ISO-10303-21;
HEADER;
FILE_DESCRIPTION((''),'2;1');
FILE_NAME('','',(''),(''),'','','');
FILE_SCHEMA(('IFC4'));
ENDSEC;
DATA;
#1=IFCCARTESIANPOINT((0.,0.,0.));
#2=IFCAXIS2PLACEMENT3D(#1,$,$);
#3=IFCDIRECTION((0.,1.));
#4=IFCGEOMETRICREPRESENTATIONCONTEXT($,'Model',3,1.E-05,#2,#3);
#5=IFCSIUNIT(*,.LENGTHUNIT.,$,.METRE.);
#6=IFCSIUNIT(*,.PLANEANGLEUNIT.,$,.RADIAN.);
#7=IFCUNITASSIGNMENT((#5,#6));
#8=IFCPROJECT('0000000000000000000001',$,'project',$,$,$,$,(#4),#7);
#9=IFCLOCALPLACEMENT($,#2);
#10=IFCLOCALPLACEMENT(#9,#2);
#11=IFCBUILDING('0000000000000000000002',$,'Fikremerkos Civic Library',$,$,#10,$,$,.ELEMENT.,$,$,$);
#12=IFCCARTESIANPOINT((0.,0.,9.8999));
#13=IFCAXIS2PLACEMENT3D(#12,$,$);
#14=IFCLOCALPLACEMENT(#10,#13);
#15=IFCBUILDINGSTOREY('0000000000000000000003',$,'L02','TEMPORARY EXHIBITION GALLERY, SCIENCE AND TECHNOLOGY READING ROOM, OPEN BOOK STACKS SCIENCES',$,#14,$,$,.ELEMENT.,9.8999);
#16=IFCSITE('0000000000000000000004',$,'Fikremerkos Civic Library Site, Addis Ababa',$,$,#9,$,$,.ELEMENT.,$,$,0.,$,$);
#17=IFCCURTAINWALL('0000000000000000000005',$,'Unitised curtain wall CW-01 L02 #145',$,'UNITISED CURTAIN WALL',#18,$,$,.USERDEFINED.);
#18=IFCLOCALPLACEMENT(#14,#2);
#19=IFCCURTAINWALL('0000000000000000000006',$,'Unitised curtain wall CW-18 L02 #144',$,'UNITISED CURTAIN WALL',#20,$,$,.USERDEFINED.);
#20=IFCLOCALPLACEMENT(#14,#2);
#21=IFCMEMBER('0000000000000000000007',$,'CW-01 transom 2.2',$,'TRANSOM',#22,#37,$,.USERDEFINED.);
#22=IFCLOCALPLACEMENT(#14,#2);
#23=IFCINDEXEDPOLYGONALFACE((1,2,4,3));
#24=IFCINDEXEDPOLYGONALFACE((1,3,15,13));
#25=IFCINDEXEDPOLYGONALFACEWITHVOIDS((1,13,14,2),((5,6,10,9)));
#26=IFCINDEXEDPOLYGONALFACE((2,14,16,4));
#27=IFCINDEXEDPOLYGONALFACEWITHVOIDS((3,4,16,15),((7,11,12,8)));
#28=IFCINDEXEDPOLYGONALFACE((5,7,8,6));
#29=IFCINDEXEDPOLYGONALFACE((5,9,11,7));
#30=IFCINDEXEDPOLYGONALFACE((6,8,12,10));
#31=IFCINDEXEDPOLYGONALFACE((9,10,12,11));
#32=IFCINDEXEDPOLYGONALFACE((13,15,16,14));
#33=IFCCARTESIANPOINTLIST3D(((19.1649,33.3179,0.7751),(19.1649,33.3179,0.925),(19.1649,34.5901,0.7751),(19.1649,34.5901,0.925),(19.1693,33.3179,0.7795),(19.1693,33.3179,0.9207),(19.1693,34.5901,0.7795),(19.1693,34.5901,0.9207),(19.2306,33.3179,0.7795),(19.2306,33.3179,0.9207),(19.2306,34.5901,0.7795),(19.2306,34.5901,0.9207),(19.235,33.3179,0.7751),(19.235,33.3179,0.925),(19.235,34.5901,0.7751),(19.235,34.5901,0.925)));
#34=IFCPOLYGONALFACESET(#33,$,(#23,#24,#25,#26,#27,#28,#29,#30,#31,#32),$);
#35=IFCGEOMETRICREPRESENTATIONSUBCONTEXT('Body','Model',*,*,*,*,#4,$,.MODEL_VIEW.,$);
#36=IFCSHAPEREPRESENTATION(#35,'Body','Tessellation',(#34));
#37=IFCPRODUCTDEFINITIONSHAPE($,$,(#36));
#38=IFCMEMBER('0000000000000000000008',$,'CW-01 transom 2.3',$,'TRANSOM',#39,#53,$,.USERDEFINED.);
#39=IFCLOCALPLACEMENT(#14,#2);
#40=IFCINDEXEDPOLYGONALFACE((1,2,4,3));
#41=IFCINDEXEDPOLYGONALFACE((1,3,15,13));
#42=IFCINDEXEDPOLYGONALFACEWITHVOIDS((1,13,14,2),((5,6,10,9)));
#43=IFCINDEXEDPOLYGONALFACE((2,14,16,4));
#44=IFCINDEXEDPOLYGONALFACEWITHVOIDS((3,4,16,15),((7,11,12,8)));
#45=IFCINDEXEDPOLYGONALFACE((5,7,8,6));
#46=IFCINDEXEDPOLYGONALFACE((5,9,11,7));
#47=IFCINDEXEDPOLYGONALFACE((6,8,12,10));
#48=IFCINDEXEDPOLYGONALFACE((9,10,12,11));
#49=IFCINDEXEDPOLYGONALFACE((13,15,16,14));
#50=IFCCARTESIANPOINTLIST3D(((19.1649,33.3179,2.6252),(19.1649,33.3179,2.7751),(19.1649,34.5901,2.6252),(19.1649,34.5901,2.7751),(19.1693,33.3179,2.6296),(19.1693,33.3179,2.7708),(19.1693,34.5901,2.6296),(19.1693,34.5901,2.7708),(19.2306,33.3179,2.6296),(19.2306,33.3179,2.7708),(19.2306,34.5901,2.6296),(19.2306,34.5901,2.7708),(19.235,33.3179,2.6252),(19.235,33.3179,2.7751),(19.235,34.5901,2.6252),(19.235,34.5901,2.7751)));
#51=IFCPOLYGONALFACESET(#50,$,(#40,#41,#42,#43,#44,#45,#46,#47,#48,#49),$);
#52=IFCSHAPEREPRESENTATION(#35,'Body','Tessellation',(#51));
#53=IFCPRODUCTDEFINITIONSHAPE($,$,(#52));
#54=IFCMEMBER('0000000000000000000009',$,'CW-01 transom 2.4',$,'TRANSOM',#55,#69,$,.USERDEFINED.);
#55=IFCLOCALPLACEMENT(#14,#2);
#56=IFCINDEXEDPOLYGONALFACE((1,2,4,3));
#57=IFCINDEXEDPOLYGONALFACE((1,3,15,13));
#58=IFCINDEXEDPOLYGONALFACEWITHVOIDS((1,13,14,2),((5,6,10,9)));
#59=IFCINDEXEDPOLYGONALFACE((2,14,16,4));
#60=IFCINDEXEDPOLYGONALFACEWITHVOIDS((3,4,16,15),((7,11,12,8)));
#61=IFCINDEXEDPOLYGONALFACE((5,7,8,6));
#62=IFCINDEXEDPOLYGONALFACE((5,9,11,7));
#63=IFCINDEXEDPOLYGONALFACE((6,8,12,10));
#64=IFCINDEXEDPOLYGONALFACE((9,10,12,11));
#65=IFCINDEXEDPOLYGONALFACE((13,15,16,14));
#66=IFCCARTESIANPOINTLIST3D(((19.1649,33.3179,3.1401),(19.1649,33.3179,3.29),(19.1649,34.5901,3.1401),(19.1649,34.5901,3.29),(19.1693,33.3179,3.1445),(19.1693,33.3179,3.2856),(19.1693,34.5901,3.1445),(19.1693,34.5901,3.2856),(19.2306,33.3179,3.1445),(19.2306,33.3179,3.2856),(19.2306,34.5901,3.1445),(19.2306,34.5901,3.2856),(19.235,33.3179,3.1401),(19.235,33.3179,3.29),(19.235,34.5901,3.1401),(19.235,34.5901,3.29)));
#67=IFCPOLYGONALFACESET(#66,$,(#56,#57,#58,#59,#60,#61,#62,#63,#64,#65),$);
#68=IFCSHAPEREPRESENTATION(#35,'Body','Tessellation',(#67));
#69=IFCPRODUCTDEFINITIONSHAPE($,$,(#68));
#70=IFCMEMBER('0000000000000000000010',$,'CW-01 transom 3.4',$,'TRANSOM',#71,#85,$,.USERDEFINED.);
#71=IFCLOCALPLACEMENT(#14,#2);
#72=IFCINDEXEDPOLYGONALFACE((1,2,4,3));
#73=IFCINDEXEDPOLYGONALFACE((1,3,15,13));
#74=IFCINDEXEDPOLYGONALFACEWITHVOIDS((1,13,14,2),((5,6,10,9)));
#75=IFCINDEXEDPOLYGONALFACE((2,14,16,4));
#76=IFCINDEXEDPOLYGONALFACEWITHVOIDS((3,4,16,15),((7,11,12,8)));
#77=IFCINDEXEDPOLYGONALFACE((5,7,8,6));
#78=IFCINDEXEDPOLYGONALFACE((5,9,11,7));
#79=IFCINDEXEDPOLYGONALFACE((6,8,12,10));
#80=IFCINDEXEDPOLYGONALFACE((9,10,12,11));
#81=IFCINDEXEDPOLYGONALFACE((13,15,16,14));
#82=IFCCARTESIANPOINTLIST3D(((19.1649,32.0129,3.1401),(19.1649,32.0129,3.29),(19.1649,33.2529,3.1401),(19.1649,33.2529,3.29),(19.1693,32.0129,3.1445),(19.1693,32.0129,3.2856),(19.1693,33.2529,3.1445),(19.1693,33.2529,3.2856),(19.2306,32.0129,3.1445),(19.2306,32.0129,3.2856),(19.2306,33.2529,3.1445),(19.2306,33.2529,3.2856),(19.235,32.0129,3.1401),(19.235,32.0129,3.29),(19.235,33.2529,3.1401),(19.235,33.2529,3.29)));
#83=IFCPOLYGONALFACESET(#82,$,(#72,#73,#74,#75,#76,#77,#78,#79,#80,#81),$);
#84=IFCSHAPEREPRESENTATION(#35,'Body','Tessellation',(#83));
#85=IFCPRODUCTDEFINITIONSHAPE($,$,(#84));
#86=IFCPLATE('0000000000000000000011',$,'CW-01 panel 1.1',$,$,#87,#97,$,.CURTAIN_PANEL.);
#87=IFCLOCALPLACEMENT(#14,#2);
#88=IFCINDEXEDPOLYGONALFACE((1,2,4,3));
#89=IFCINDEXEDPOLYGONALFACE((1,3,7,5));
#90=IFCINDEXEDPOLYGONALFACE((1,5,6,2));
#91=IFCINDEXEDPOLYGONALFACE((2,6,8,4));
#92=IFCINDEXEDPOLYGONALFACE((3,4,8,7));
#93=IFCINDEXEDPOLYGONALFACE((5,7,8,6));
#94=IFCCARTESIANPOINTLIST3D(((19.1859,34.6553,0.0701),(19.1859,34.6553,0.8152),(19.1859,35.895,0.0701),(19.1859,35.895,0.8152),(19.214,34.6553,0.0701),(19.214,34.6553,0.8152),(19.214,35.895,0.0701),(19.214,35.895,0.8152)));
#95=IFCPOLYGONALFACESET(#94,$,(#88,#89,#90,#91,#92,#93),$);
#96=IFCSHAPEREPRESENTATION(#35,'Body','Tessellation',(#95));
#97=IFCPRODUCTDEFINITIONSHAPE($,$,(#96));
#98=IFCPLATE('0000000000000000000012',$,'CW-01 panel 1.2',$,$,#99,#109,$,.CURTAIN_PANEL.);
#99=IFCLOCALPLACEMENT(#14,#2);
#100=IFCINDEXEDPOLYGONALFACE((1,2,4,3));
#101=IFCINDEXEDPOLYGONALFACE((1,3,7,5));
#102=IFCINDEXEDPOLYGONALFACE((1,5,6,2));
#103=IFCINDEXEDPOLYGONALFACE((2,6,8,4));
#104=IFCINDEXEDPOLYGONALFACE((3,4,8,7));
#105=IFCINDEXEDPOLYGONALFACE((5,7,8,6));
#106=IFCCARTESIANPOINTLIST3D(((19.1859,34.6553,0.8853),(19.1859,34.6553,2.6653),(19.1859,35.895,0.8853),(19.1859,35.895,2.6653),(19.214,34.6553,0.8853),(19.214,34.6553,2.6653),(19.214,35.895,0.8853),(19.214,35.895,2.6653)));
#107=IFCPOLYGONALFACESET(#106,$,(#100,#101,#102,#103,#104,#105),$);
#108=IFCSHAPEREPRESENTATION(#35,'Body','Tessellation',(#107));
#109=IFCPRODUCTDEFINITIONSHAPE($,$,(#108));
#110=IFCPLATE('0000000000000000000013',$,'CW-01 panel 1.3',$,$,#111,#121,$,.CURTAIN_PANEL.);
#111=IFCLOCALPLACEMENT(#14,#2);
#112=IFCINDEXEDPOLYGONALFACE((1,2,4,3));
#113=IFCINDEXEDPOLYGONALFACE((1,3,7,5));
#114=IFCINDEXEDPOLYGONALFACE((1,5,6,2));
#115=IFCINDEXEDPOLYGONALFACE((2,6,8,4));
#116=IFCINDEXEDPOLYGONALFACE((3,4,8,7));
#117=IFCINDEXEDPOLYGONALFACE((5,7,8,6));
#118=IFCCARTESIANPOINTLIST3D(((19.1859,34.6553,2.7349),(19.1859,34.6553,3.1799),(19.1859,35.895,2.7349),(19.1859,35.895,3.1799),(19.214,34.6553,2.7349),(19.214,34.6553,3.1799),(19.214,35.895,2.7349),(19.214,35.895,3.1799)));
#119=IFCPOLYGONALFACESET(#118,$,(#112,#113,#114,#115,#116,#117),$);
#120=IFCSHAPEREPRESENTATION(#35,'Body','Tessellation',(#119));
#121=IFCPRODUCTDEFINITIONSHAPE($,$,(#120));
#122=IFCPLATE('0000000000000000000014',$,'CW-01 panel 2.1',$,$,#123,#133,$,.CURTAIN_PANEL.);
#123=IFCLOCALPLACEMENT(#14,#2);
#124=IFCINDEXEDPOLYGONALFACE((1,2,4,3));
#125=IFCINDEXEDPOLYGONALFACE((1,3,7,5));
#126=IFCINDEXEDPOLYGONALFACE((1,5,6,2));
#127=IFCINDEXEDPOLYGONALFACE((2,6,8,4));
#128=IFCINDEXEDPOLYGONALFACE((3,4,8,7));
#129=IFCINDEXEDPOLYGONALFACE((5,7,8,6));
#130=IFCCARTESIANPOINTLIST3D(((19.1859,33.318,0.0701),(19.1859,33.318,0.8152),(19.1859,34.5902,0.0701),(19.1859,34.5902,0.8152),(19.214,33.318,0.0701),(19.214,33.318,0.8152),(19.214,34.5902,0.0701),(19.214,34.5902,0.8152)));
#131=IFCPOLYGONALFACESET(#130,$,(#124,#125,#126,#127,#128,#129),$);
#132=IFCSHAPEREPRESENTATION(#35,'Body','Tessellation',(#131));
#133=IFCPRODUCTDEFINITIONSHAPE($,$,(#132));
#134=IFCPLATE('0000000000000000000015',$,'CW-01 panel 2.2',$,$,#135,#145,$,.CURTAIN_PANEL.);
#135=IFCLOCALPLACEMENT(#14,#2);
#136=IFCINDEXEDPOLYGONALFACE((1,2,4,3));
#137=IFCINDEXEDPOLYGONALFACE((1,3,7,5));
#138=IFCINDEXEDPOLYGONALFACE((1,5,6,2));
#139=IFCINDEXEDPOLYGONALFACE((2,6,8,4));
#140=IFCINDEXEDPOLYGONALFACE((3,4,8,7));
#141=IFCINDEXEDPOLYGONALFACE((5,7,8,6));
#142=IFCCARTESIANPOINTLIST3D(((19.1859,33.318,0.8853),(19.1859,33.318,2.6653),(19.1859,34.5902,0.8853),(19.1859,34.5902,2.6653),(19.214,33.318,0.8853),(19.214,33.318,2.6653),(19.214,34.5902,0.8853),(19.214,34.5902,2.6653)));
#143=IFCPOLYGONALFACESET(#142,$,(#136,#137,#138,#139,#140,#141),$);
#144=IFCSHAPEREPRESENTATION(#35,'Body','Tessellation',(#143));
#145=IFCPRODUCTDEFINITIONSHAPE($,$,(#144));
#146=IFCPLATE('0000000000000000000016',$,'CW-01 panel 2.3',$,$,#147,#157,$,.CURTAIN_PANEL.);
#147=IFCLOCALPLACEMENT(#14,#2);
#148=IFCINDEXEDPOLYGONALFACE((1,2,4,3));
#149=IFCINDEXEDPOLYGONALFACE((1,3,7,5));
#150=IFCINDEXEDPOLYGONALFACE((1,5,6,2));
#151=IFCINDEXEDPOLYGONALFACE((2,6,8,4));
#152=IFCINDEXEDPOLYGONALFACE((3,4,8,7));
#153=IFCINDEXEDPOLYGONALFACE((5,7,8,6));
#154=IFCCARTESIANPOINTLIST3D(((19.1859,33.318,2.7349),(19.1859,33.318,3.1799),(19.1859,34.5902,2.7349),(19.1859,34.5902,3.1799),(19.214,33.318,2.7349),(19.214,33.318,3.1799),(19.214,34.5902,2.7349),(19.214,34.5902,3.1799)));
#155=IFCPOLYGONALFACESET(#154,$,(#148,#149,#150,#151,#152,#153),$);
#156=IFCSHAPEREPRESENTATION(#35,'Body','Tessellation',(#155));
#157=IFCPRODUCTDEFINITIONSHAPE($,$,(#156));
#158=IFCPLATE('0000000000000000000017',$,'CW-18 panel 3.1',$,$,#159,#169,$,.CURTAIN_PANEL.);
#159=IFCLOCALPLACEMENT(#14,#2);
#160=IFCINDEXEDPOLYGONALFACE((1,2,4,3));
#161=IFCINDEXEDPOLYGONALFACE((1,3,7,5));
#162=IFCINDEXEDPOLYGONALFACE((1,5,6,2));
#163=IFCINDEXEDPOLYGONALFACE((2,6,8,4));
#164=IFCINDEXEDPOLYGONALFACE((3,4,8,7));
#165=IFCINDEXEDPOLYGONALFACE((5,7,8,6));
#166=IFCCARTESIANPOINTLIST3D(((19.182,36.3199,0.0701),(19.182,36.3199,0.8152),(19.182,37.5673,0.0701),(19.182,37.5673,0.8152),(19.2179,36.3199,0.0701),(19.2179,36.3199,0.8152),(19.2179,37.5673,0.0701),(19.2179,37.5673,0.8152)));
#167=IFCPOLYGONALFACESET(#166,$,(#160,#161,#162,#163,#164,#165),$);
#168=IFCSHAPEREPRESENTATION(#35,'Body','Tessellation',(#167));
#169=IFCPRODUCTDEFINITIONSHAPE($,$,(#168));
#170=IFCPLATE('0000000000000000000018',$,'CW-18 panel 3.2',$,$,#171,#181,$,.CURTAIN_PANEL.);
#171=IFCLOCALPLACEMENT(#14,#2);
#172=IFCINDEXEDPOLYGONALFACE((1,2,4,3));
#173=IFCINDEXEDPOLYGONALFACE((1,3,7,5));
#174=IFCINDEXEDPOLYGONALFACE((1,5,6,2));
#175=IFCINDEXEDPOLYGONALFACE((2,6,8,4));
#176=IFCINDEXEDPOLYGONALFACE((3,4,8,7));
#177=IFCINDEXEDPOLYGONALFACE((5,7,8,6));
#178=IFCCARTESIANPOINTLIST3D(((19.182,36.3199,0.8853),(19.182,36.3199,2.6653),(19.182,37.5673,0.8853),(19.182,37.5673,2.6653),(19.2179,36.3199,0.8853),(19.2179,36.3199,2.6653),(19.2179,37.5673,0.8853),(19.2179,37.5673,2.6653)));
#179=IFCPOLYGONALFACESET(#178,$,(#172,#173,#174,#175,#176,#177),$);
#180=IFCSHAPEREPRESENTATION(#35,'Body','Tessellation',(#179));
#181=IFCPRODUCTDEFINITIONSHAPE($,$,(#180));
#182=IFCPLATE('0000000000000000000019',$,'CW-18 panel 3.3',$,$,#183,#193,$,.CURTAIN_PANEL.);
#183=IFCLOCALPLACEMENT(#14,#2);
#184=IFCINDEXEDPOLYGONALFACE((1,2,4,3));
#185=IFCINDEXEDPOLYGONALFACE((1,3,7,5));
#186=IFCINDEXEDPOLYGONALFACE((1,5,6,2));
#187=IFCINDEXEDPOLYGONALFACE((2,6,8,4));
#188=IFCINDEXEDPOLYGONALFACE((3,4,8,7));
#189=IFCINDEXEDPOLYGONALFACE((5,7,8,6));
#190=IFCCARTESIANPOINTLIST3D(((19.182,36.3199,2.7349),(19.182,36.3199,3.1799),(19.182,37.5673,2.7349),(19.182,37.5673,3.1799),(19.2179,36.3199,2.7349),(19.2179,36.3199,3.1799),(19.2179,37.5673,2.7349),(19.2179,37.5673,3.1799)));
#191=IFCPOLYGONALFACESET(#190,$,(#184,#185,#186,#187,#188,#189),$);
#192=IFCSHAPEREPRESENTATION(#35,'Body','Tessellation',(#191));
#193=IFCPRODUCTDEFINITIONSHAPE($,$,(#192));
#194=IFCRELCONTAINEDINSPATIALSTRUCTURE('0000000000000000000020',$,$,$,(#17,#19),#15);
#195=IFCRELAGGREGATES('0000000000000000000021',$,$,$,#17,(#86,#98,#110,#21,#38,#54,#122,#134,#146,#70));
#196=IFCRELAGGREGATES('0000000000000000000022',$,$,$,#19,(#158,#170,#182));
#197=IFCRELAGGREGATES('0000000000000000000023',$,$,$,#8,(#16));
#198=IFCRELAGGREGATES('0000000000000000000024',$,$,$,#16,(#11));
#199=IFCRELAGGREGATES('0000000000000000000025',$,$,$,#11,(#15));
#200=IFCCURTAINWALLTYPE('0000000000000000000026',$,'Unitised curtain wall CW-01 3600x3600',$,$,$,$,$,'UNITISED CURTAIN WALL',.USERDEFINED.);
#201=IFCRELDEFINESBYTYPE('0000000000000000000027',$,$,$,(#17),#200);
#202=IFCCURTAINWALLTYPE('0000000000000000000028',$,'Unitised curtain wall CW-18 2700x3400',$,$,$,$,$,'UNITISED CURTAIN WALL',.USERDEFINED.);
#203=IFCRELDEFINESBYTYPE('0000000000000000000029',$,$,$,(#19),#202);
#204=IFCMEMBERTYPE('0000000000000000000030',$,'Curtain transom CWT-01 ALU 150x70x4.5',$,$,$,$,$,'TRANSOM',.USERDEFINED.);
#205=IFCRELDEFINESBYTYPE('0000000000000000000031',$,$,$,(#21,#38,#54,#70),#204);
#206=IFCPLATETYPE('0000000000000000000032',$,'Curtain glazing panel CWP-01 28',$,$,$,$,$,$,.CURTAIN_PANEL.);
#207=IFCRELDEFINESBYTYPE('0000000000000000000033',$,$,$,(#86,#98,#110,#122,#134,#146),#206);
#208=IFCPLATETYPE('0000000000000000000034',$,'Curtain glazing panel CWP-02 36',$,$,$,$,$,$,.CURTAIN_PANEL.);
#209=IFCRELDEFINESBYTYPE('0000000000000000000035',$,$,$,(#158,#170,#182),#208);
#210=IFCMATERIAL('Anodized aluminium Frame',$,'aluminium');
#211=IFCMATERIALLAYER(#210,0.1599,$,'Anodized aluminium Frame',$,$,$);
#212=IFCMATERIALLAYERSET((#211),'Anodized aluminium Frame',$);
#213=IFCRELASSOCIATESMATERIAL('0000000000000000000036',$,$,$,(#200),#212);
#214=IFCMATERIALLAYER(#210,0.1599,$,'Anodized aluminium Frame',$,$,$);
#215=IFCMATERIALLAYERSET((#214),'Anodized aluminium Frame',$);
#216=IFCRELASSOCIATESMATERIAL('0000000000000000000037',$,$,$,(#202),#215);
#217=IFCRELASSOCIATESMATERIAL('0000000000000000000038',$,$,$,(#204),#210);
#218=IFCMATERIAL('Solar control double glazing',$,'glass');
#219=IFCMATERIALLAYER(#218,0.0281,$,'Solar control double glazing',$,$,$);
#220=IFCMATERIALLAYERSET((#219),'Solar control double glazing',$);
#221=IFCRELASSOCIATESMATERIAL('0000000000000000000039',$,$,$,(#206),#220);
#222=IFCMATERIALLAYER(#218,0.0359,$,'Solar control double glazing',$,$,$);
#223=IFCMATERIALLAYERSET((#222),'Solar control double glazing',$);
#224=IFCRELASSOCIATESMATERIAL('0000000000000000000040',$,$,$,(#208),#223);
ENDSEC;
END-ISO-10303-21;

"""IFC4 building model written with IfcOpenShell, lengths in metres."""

from ifc_helpers import new_model, si_unit, direction, frame, origin, origin_2d, place, context, subcontext, project, spatial, rectangle, hollow_rectangle, extrude, material, layer, layer_set, material_profile, profile_set, type_object, element, aggregate, save


model = new_model("IFC4")

# Units and contexts
model_context = context("Model", 3, precision=1e-05, world=origin(), true_north=direction((0.0, 1.0)))
body_context = subcontext(model_context, "Body", "Model", "MODEL_VIEW")
ifc_project = project(units=[si_unit("LENGTHUNIT", "METRE"), si_unit("PLANEANGLEUNIT", "RADIAN")], contexts=[model_context])

# Site, building, storey
site_placement = place(None, origin())
site = spatial("IfcSite", under=ifc_project, at=site_placement, Name="Fikremerkos Civic Library Site, Addis Ababa", CompositionType="ELEMENT", RefElevation=0.0)
building_placement = place(site_placement, origin())
building = spatial("IfcBuilding", under=site, at=building_placement, Name="Fikremerkos Civic Library", CompositionType="ELEMENT")
storey_placement = place(building_placement, frame((0.0, 0.0, 9.8999)))
storey = spatial("IfcBuildingStorey", under=building, at=storey_placement, Name="L02", Description="TEMPORARY EXHIBITION GALLERY, SCIENCE AND TECHNOLOGY READING ROOM, OPEN BOOK STACKS SCIENCES", CompositionType="ELEMENT", Elevation=9.8999)

# Curtain walls
ifc_material_1 = material(Name="Anodized aluminium Frame", Category="aluminium")
ifc_layer_1 = layer(ifc_material_1, 0.1599, Name="Anodized aluminium Frame")
ifc_layer_set_1 = layer_set([ifc_layer_1], Name="Anodized aluminium Frame")
curtain_wall_type_1 = type_object("IfcCurtainWallType", Name="Unitised curtain wall CW-01 3600x3600", ElementType="UNITISED CURTAIN WALL", PredefinedType="USERDEFINED", material=ifc_layer_set_1)
curtain_wall_1_placement = place(storey_placement, origin())
curtain_wall_1 = element("IfcCurtainWall", 1, at=curtain_wall_1_placement, inside=storey, type_object=curtain_wall_type_1, Name="Unitised curtain wall CW-01 L02 #145", ObjectType="UNITISED CURTAIN WALL", PredefinedType="USERDEFINED")
ifc_layer_2 = layer(ifc_material_1, 0.1599, Name="Anodized aluminium Frame")
ifc_layer_set_2 = layer_set([ifc_layer_2], Name="Anodized aluminium Frame")
curtain_wall_type_2 = type_object("IfcCurtainWallType", Name="Unitised curtain wall CW-18 2700x3400", ElementType="UNITISED CURTAIN WALL", PredefinedType="USERDEFINED", material=ifc_layer_set_2)
curtain_wall_2_placement = place(storey_placement, origin())
curtain_wall_2 = element("IfcCurtainWall", 2, at=curtain_wall_2_placement, inside=storey, type_object=curtain_wall_type_2, Name="Unitised curtain wall CW-18 L02 #144", ObjectType="UNITISED CURTAIN WALL", PredefinedType="USERDEFINED")
ifc_material_profile_1 = material_profile(ifc_material_1, hollow_rectangle(XDim=0.0701, YDim=0.1499, WallThickness=0.0044, at=origin_2d()), Name="ALU 150x70x4.5")
ifc_profile_set_1 = profile_set([ifc_material_profile_1], Name="Anodized aluminium Frame")
member_type_1 = type_object("IfcMemberType", Name="Curtain transom CWT-01 ALU 150x70x4.5", ElementType="TRANSOM", PredefinedType="USERDEFINED", material=ifc_profile_set_1)

# Members
member_1_placement = place(storey_placement, frame((19.2, 34.5901, 0.8501), z_axis=(0.0, -1.0, 0.0), x_axis=(1.0, 0.0, 0.0)))
member_1 = element("IfcMember", 3, at=member_1_placement, type_object=member_type_1, Name="CW-01 transom 2.2", ObjectType="TRANSOM", PredefinedType="USERDEFINED", context=body_context, shape_type="SweptSolid", body=[
    extrude(hollow_rectangle(XDim=0.0701, YDim=0.1499, WallThickness=0.0044, at=origin_2d()), origin(), (0.0, 0.0, 1.0), 1.2722),
])
member_2_placement = place(storey_placement, frame((19.2, 34.5901, 2.7002), z_axis=(0.0, -1.0, 0.0), x_axis=(1.0, 0.0, 0.0)))
member_2 = element("IfcMember", 4, at=member_2_placement, type_object=member_type_1, Name="CW-01 transom 2.3", ObjectType="TRANSOM", PredefinedType="USERDEFINED", context=body_context, shape_type="SweptSolid", body=[
    extrude(hollow_rectangle(XDim=0.0701, YDim=0.1499, WallThickness=0.0044, at=origin_2d()), origin(), (0.0, 0.0, 1.0), 1.2722),
])
member_3_placement = place(storey_placement, frame((19.2, 34.5901, 3.2151), z_axis=(0.0, -1.0, 0.0), x_axis=(1.0, 0.0, 0.0)))
member_3 = element("IfcMember", 5, at=member_3_placement, type_object=member_type_1, Name="CW-01 transom 2.4", ObjectType="TRANSOM", PredefinedType="USERDEFINED", context=body_context, shape_type="SweptSolid", body=[
    extrude(hollow_rectangle(XDim=0.0701, YDim=0.1499, WallThickness=0.0044, at=origin_2d()), origin(), (0.0, 0.0, 1.0), 1.2722),
])
member_4_placement = place(storey_placement, frame((19.2, 33.2529, 3.2151), z_axis=(0.0, -1.0, 0.0), x_axis=(1.0, 0.0, 0.0)))
member_4 = element("IfcMember", 6, at=member_4_placement, type_object=member_type_1, Name="CW-01 transom 3.4", ObjectType="TRANSOM", PredefinedType="USERDEFINED", context=body_context, shape_type="SweptSolid", body=[
    extrude(hollow_rectangle(XDim=0.0701, YDim=0.1499, WallThickness=0.0044, at=origin_2d()), origin(), (0.0, 0.0, 1.0), 1.24),
])

# Plates
ifc_material_2 = material(Name="Solar control double glazing", Category="glass")
ifc_layer_3 = layer(ifc_material_2, 0.0281, Name="Solar control double glazing")
ifc_layer_set_3 = layer_set([ifc_layer_3], Name="Solar control double glazing")
plate_type_1 = type_object("IfcPlateType", Name="Curtain glazing panel CWP-01 28", PredefinedType="CURTAIN_PANEL", material=ifc_layer_set_3)
plate_1_placement = place(storey_placement, frame((19.2, 35.2751, 0.0701), z_axis=(0.0, 0.0, 1.0), x_axis=(0.0, -1.0, 0.0)))
plate_1 = element("IfcPlate", 7, at=plate_1_placement, type_object=plate_type_1, Name="CW-01 panel 1.1", PredefinedType="CURTAIN_PANEL", context=body_context, shape_type="SweptSolid", body=[
    extrude(rectangle(XDim=1.2397, YDim=0.0281, at=origin_2d()), origin(), (0.0, 0.0, 1.0), 0.7451),
])
plate_2_placement = place(storey_placement, frame((19.2, 35.2751, 0.8853), z_axis=(0.0, 0.0, 1.0), x_axis=(0.0, -1.0, 0.0)))
plate_2 = element("IfcPlate", 8, at=plate_2_placement, type_object=plate_type_1, Name="CW-01 panel 1.2", PredefinedType="CURTAIN_PANEL", context=body_context, shape_type="SweptSolid", body=[
    extrude(rectangle(XDim=1.2397, YDim=0.0281, at=origin_2d()), origin(), (0.0, 0.0, 1.0), 1.78),
])
plate_3_placement = place(storey_placement, frame((19.2, 35.2751, 2.7349), z_axis=(0.0, 0.0, 1.0), x_axis=(0.0, -1.0, 0.0)))
plate_3 = element("IfcPlate", 9, at=plate_3_placement, type_object=plate_type_1, Name="CW-01 panel 1.3", PredefinedType="CURTAIN_PANEL", context=body_context, shape_type="SweptSolid", body=[
    extrude(rectangle(XDim=1.2397, YDim=0.0281, at=origin_2d()), origin(), (0.0, 0.0, 1.0), 0.4451),
])
plate_4_placement = place(storey_placement, frame((19.2, 33.9541, 0.0701), z_axis=(0.0, 0.0, 1.0), x_axis=(0.0, -1.0, 0.0)))
plate_4 = element("IfcPlate", 10, at=plate_4_placement, type_object=plate_type_1, Name="CW-01 panel 2.1", PredefinedType="CURTAIN_PANEL", context=body_context, shape_type="SweptSolid", body=[
    extrude(rectangle(XDim=1.2722, YDim=0.0281, at=origin_2d()), origin(), (0.0, 0.0, 1.0), 0.7451),
])
plate_5_placement = place(storey_placement, frame((19.2, 33.9541, 0.8853), z_axis=(0.0, 0.0, 1.0), x_axis=(0.0, -1.0, 0.0)))
plate_5 = element("IfcPlate", 11, at=plate_5_placement, type_object=plate_type_1, Name="CW-01 panel 2.2", PredefinedType="CURTAIN_PANEL", context=body_context, shape_type="SweptSolid", body=[
    extrude(rectangle(XDim=1.2722, YDim=0.0281, at=origin_2d()), origin(), (0.0, 0.0, 1.0), 1.78),
])
plate_6_placement = place(storey_placement, frame((19.2, 33.9541, 2.7349), z_axis=(0.0, 0.0, 1.0), x_axis=(0.0, -1.0, 0.0)))
plate_6 = element("IfcPlate", 12, at=plate_6_placement, type_object=plate_type_1, Name="CW-01 panel 2.3", PredefinedType="CURTAIN_PANEL", context=body_context, shape_type="SweptSolid", body=[
    extrude(rectangle(XDim=1.2722, YDim=0.0281, at=origin_2d()), origin(), (0.0, 0.0, 1.0), 0.4451),
])
aggregate(curtain_wall_1, [plate_1, plate_2, plate_3, member_1, member_2, member_3, plate_4, plate_5, plate_6, member_4])
ifc_layer_4 = layer(ifc_material_2, 0.0359, Name="Solar control double glazing")
ifc_layer_set_4 = layer_set([ifc_layer_4], Name="Solar control double glazing")
plate_type_2 = type_object("IfcPlateType", Name="Curtain glazing panel CWP-02 36", PredefinedType="CURTAIN_PANEL", material=ifc_layer_set_4)
plate_7_placement = place(storey_placement, frame((19.2, 36.9436, 0.0701), z_axis=(0.0, 0.0, 1.0), x_axis=(0.0, -1.0, 0.0)))
plate_7 = element("IfcPlate", 13, at=plate_7_placement, type_object=plate_type_2, Name="CW-18 panel 3.1", PredefinedType="CURTAIN_PANEL", context=body_context, shape_type="SweptSolid", body=[
    extrude(rectangle(XDim=1.2473, YDim=0.0359, at=origin_2d()), origin(), (0.0, 0.0, 1.0), 0.7451),
])
plate_8_placement = place(storey_placement, frame((19.2, 36.9436, 0.8853), z_axis=(0.0, 0.0, 1.0), x_axis=(0.0, -1.0, 0.0)))
plate_8 = element("IfcPlate", 14, at=plate_8_placement, type_object=plate_type_2, Name="CW-18 panel 3.2", PredefinedType="CURTAIN_PANEL", context=body_context, shape_type="SweptSolid", body=[
    extrude(rectangle(XDim=1.2473, YDim=0.0359, at=origin_2d()), origin(), (0.0, 0.0, 1.0), 1.78),
])
plate_9_placement = place(storey_placement, frame((19.2, 36.9436, 2.7349), z_axis=(0.0, 0.0, 1.0), x_axis=(0.0, -1.0, 0.0)))
plate_9 = element("IfcPlate", 15, at=plate_9_placement, type_object=plate_type_2, Name="CW-18 panel 3.3", PredefinedType="CURTAIN_PANEL", context=body_context, shape_type="SweptSolid", body=[
    extrude(rectangle(XDim=1.2473, YDim=0.0359, at=origin_2d()), origin(), (0.0, 0.0, 1.0), 0.4451),
])
aggregate(curtain_wall_2, [plate_7, plate_8, plate_9])

save(model, "model.ifc")
